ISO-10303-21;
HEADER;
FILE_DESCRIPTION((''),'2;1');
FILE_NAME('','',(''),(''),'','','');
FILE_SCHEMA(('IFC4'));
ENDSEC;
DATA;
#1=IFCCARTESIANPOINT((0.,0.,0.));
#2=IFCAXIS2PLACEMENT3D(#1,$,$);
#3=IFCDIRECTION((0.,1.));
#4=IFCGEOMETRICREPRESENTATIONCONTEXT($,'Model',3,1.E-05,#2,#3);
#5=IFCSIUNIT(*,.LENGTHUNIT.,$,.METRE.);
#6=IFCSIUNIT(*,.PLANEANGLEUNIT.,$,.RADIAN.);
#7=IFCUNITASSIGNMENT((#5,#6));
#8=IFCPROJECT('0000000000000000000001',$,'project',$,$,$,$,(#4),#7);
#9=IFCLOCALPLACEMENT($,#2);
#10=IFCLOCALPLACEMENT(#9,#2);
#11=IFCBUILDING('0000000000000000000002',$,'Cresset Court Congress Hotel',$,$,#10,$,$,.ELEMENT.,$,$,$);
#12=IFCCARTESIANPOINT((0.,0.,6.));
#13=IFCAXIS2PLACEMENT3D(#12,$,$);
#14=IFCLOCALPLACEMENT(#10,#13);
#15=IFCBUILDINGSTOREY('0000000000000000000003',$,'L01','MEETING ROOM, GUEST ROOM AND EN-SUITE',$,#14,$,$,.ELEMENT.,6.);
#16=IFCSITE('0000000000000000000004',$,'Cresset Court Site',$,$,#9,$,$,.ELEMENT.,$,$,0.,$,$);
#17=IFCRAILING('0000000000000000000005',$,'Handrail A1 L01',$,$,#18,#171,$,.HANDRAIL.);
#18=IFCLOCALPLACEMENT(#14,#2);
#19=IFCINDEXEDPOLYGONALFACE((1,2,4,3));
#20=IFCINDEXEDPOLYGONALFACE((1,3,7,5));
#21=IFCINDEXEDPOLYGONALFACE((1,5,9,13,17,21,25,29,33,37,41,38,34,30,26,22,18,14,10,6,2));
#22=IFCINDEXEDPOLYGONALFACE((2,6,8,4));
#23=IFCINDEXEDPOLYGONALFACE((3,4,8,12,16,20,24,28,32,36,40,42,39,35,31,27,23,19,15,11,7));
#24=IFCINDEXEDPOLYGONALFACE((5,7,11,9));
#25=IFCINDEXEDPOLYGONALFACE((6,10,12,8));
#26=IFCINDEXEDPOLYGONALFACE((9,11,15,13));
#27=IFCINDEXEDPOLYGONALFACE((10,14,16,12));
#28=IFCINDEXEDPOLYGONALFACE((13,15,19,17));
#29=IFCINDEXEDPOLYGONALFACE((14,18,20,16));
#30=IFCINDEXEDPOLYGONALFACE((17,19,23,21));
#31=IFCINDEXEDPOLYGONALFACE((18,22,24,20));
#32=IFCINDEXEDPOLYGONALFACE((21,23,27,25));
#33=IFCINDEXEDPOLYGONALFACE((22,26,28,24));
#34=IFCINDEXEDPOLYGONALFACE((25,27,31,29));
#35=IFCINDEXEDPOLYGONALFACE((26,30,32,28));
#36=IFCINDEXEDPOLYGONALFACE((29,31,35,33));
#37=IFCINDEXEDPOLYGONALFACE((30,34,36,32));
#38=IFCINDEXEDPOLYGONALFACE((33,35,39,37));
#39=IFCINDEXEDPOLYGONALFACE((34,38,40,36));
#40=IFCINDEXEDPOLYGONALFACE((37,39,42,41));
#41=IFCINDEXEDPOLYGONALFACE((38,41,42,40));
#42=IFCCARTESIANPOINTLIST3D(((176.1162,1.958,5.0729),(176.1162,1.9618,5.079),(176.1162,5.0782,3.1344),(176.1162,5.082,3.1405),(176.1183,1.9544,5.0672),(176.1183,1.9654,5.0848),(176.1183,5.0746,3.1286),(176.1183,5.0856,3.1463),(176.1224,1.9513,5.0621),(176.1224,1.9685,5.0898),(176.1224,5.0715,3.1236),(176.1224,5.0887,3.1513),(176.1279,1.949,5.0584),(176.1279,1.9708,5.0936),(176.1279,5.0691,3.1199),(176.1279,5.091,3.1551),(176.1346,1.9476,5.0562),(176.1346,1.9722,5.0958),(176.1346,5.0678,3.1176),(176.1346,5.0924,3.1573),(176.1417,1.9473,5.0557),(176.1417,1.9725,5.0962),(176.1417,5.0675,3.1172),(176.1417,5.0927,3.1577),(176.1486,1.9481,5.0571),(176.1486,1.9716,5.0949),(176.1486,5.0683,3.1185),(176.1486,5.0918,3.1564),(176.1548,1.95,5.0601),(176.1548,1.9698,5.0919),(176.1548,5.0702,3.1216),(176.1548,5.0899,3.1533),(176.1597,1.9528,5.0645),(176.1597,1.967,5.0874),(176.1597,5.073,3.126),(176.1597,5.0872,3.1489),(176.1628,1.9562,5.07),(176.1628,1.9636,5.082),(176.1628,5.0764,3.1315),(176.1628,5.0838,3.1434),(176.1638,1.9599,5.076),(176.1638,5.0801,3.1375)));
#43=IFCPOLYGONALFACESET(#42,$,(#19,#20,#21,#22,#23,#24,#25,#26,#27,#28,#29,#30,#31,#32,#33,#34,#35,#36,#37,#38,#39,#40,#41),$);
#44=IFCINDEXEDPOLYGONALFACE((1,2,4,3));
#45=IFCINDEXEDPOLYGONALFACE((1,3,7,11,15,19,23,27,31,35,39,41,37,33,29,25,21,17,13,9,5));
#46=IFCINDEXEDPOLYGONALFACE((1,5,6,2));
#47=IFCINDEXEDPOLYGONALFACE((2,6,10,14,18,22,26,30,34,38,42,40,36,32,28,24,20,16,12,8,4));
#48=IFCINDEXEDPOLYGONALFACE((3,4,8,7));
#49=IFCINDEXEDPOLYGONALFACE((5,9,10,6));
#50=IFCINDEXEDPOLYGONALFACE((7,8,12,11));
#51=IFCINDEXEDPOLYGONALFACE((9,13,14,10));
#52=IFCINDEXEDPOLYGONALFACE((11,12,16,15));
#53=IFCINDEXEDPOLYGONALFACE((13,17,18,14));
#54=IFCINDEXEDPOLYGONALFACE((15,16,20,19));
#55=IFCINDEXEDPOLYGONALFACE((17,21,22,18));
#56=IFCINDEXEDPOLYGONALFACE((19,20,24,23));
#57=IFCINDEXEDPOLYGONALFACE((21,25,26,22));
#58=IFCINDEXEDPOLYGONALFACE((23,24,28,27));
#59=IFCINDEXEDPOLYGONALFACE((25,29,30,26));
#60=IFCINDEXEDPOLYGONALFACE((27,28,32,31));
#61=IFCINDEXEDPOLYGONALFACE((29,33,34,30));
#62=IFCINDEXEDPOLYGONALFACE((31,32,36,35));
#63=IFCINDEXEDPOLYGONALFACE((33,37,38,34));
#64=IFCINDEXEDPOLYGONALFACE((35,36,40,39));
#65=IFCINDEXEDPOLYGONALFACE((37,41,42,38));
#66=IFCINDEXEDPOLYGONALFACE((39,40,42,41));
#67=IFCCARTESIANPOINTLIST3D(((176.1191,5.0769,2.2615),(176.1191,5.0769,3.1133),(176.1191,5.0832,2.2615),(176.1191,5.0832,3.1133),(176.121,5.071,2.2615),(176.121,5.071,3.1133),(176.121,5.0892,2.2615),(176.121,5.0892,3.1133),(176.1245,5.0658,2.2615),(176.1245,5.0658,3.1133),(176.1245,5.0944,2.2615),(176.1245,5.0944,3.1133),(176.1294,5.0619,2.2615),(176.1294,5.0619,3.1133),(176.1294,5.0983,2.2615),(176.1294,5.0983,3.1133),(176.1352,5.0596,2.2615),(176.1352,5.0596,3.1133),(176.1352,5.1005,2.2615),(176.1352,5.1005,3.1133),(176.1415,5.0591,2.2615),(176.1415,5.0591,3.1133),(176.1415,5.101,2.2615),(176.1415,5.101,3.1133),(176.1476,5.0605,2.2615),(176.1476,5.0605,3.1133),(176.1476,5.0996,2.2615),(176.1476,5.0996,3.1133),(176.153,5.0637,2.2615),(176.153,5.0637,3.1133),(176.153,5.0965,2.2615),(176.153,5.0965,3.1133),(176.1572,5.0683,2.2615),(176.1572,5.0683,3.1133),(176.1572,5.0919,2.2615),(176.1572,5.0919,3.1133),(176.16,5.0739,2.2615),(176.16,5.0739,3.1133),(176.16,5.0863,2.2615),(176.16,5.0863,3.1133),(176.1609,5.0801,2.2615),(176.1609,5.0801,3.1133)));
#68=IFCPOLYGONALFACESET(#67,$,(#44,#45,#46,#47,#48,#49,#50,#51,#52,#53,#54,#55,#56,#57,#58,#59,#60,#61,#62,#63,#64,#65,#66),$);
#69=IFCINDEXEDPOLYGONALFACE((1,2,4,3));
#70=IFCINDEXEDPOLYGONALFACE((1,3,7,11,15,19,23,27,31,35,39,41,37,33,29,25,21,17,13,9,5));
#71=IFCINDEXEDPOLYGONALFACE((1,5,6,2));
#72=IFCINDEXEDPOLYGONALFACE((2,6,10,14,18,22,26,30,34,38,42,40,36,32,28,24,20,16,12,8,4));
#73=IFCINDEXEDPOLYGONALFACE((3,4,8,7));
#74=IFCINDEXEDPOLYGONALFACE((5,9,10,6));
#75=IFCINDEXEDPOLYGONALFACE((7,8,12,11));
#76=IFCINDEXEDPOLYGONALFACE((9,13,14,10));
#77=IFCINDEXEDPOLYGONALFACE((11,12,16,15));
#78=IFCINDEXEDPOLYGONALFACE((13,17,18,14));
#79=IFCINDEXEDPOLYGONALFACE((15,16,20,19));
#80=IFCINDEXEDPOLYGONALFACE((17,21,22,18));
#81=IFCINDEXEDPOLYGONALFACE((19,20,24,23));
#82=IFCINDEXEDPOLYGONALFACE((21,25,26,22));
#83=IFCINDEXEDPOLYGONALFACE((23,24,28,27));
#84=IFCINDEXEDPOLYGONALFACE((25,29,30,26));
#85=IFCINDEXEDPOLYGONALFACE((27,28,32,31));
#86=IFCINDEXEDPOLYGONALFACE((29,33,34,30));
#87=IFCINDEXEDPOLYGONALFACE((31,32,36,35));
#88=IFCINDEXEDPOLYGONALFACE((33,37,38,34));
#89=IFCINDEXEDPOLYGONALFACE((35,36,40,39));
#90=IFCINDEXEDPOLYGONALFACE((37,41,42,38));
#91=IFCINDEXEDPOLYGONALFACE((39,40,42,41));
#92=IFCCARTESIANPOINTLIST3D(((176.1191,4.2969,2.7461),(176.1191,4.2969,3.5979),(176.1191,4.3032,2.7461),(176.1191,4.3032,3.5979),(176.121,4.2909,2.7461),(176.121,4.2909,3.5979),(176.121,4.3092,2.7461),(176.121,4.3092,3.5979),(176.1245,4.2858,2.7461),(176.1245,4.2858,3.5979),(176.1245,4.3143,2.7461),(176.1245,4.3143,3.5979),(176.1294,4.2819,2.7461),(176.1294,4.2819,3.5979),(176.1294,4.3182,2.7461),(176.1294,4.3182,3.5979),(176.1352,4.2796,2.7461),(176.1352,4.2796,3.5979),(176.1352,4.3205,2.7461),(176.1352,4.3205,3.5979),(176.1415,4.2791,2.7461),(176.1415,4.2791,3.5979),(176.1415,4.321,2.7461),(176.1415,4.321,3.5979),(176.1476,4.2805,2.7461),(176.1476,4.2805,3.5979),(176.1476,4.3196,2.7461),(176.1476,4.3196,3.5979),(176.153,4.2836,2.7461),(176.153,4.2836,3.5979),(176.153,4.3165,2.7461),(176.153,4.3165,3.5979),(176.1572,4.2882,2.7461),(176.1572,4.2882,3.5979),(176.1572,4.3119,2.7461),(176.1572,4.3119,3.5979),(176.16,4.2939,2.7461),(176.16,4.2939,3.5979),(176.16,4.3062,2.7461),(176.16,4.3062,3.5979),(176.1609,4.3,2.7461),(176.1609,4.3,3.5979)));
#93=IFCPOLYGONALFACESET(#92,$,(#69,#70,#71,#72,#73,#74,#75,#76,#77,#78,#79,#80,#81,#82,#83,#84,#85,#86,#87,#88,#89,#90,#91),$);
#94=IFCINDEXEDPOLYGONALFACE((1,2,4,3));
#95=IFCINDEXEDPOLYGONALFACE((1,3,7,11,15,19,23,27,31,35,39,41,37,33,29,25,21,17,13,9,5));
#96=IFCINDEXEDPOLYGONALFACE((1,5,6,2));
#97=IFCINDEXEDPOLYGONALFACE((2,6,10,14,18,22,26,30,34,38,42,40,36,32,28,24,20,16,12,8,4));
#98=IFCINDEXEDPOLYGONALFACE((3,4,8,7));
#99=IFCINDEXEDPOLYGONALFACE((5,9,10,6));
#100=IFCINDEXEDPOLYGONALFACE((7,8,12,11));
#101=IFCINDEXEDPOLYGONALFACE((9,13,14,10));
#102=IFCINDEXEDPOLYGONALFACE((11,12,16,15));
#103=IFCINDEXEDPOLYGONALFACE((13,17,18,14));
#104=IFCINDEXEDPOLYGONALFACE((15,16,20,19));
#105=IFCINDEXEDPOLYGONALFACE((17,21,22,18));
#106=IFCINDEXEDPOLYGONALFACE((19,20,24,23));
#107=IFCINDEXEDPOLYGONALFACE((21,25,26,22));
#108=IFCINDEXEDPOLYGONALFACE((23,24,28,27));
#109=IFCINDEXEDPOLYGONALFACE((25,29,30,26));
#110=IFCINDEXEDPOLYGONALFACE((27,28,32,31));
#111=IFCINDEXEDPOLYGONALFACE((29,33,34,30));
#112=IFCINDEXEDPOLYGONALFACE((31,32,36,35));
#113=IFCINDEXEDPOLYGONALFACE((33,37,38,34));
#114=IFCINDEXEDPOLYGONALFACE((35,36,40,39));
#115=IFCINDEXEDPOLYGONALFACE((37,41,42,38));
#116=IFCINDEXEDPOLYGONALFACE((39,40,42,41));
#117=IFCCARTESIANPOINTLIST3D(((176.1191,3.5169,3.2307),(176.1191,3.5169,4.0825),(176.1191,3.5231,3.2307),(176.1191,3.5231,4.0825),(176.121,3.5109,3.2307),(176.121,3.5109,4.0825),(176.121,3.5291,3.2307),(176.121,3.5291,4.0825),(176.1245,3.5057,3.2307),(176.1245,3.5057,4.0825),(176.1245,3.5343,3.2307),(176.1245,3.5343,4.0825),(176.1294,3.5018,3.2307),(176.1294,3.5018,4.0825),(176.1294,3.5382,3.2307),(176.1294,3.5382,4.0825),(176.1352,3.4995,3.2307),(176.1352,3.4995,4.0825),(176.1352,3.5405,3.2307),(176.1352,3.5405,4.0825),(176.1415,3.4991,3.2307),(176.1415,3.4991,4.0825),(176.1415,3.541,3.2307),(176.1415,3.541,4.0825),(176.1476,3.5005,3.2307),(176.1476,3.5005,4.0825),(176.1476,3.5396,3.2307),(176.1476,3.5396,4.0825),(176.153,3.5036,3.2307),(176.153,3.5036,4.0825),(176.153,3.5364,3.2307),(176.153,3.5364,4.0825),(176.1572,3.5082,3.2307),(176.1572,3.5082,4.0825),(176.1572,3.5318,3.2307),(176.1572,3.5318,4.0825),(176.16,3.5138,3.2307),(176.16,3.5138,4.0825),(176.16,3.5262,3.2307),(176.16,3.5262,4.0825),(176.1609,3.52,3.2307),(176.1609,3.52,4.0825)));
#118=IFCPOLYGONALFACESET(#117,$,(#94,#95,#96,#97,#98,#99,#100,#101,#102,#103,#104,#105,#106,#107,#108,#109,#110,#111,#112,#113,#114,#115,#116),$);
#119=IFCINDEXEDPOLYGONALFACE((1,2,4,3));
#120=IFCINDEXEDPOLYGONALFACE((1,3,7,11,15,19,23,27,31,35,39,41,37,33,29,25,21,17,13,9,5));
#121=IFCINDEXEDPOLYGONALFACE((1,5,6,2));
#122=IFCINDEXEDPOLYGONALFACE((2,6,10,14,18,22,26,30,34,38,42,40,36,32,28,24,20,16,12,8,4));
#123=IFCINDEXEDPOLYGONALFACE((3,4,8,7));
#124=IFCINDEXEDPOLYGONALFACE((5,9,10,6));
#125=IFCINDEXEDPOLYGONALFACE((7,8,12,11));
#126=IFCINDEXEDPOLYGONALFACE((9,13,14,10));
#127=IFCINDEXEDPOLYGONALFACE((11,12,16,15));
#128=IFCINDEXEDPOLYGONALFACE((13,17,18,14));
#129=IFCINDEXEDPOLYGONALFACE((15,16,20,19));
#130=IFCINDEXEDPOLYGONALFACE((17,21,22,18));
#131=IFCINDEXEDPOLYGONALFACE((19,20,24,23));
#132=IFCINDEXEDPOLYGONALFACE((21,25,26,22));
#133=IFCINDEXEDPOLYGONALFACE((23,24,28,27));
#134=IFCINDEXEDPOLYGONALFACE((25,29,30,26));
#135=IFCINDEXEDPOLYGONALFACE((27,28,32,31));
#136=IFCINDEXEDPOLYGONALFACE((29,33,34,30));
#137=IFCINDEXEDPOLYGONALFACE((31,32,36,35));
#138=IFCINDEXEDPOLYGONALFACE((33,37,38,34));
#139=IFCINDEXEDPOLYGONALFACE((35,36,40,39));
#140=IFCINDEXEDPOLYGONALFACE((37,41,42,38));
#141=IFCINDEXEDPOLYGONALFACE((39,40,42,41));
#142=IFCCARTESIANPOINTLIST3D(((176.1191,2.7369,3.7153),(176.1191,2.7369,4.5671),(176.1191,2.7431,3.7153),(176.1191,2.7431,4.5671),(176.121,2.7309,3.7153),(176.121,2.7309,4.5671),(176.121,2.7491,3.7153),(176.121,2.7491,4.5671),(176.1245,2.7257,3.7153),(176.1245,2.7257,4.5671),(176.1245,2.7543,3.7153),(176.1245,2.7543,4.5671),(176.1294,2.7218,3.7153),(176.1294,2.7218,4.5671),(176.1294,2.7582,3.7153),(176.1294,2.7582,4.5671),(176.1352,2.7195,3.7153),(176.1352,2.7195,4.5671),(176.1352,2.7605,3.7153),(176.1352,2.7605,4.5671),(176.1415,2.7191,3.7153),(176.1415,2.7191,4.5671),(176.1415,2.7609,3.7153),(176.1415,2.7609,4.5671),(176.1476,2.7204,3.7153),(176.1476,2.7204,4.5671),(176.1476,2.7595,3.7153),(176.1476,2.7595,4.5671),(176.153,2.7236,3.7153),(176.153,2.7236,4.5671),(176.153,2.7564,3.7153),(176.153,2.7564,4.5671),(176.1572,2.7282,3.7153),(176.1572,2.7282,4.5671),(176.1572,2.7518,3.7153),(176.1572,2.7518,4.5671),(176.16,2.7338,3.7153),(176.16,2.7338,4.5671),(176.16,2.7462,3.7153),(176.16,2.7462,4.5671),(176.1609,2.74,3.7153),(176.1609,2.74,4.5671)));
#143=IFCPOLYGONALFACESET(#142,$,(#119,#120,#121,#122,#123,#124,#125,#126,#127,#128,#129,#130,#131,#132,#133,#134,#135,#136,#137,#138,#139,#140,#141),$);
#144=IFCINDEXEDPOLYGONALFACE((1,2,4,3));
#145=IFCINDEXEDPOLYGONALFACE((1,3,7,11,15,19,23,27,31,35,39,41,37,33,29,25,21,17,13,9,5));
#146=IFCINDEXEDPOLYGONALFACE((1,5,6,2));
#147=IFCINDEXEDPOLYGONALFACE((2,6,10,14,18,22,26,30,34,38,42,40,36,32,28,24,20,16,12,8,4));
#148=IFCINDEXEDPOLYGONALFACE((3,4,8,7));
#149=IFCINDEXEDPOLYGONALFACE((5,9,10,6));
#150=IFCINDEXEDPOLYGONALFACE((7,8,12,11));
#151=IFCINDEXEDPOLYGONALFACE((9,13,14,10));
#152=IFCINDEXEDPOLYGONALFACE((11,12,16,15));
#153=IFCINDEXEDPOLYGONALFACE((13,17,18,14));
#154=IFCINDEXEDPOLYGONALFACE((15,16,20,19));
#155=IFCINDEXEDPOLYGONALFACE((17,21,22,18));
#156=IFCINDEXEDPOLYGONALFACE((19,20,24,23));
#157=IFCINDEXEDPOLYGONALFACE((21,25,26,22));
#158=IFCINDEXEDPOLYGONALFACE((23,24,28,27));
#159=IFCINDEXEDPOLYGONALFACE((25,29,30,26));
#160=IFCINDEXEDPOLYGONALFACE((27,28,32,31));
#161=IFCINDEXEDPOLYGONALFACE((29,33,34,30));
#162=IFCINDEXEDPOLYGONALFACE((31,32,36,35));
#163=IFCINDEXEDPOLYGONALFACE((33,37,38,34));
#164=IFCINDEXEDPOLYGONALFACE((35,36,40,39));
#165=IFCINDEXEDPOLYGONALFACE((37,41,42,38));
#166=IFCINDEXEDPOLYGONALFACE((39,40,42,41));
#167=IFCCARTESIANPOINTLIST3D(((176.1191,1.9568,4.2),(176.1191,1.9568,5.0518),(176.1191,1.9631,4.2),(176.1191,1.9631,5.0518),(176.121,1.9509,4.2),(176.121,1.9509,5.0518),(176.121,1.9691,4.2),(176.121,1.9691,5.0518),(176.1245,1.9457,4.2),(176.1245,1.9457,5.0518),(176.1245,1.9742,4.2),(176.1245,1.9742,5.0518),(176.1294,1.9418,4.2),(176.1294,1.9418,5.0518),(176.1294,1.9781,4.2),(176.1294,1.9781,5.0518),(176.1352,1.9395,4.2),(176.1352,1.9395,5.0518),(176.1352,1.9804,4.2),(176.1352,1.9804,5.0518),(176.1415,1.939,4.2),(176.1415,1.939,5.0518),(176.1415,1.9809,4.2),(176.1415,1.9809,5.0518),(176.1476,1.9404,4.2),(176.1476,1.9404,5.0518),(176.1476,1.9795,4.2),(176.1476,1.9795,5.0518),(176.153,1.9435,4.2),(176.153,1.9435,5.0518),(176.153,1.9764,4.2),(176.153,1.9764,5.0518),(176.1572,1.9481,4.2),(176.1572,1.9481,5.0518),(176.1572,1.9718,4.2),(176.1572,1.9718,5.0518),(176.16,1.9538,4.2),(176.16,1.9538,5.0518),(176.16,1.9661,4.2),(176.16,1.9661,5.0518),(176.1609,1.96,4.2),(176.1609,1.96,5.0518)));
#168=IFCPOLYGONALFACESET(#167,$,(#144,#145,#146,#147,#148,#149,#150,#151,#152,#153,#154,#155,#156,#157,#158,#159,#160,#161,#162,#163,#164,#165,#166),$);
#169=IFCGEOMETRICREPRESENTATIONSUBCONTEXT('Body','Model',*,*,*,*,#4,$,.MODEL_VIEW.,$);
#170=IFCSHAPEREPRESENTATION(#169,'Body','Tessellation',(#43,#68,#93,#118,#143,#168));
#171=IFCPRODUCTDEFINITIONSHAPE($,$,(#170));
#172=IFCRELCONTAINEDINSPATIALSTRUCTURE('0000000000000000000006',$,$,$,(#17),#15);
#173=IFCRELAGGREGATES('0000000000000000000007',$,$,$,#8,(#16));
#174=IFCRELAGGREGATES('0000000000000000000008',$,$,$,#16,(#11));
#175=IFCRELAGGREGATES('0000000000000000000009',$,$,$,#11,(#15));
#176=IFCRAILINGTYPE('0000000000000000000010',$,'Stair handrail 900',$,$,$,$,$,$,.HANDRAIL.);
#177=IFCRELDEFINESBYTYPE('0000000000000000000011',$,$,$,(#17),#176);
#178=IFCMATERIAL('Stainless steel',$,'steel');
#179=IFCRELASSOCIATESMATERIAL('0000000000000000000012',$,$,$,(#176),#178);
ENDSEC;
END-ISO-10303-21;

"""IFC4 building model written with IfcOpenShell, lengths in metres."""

from ifc_helpers import new_model, si_unit, direction, frame, origin, origin_2d, place, context, subcontext, project, spatial, circle, extrude, material, type_object, element, save


model = new_model("IFC4")

# Units and contexts
model_context = context("Model", 3, precision=1e-05, world=origin(), true_north=direction((0.0, 1.0)))
body_context = subcontext(model_context, "Body", "Model", "MODEL_VIEW")
ifc_project = project(units=[si_unit("LENGTHUNIT", "METRE"), si_unit("PLANEANGLEUNIT", "RADIAN")], contexts=[model_context])

# Site, building, storey
site_placement = place(None, origin())
site = spatial("IfcSite", under=ifc_project, at=site_placement, Name="Cresset Court Site", CompositionType="ELEMENT", RefElevation=0.0)
building_placement = place(site_placement, origin())
building = spatial("IfcBuilding", under=site, at=building_placement, Name="Cresset Court Congress Hotel", CompositionType="ELEMENT")
storey_placement = place(building_placement, frame((0.0, 0.0, 6.0)))
storey = spatial("IfcBuildingStorey", under=building, at=storey_placement, Name="L01", Description="MEETING ROOM, GUEST ROOM AND EN-SUITE", CompositionType="ELEMENT", Elevation=6.0)

# Railing
ifc_material_1 = material(Name="Stainless steel", Category="steel")
railing_type_1 = type_object("IfcRailingType", Name="Stair handrail 900", PredefinedType="HANDRAIL", material=ifc_material_1)
for number, where, name in (
    (1, (176.1399, 5.0801, 2.2615), "Handrail A1 L01"),
):
    element("IfcRailing", number, at=place(storey_placement, frame(where)), inside=storey, type_object=railing_type_1, Name=name, PredefinedType="HANDRAIL", context=body_context, shape_type="SweptSolid", body=[
        extrude(circle(Radius=0.0239, at=origin_2d()), frame((0.0, 0.0, 0.876), z_axis=(0.0, -0.849414, 0.527727), x_axis=(1.0, 0.0, 0.0)), (0.0, 0.0, 1.0), 3.6733),
        extrude(circle(Radius=0.021, at=origin_2d()), origin(), (0.0, 0.0, 1.0), 0.8518),
        extrude(circle(Radius=0.021, at=origin_2d()), frame((0.0, -0.78, 0.4846)), (0.0, 0.0, 1.0), 0.8518),
        extrude(circle(Radius=0.021, at=origin_2d()), frame((0.0, -1.5601, 0.9692)), (0.0, 0.0, 1.0), 0.8518),
        extrude(circle(Radius=0.021, at=origin_2d()), frame((0.0, -2.3401, 1.4539)), (0.0, 0.0, 1.0), 0.8518),
        extrude(circle(Radius=0.021, at=origin_2d()), frame((0.0, -3.1201, 1.9385)), (0.0, 0.0, 1.0), 0.8518),
    ])

save(model, "model.ifc")
